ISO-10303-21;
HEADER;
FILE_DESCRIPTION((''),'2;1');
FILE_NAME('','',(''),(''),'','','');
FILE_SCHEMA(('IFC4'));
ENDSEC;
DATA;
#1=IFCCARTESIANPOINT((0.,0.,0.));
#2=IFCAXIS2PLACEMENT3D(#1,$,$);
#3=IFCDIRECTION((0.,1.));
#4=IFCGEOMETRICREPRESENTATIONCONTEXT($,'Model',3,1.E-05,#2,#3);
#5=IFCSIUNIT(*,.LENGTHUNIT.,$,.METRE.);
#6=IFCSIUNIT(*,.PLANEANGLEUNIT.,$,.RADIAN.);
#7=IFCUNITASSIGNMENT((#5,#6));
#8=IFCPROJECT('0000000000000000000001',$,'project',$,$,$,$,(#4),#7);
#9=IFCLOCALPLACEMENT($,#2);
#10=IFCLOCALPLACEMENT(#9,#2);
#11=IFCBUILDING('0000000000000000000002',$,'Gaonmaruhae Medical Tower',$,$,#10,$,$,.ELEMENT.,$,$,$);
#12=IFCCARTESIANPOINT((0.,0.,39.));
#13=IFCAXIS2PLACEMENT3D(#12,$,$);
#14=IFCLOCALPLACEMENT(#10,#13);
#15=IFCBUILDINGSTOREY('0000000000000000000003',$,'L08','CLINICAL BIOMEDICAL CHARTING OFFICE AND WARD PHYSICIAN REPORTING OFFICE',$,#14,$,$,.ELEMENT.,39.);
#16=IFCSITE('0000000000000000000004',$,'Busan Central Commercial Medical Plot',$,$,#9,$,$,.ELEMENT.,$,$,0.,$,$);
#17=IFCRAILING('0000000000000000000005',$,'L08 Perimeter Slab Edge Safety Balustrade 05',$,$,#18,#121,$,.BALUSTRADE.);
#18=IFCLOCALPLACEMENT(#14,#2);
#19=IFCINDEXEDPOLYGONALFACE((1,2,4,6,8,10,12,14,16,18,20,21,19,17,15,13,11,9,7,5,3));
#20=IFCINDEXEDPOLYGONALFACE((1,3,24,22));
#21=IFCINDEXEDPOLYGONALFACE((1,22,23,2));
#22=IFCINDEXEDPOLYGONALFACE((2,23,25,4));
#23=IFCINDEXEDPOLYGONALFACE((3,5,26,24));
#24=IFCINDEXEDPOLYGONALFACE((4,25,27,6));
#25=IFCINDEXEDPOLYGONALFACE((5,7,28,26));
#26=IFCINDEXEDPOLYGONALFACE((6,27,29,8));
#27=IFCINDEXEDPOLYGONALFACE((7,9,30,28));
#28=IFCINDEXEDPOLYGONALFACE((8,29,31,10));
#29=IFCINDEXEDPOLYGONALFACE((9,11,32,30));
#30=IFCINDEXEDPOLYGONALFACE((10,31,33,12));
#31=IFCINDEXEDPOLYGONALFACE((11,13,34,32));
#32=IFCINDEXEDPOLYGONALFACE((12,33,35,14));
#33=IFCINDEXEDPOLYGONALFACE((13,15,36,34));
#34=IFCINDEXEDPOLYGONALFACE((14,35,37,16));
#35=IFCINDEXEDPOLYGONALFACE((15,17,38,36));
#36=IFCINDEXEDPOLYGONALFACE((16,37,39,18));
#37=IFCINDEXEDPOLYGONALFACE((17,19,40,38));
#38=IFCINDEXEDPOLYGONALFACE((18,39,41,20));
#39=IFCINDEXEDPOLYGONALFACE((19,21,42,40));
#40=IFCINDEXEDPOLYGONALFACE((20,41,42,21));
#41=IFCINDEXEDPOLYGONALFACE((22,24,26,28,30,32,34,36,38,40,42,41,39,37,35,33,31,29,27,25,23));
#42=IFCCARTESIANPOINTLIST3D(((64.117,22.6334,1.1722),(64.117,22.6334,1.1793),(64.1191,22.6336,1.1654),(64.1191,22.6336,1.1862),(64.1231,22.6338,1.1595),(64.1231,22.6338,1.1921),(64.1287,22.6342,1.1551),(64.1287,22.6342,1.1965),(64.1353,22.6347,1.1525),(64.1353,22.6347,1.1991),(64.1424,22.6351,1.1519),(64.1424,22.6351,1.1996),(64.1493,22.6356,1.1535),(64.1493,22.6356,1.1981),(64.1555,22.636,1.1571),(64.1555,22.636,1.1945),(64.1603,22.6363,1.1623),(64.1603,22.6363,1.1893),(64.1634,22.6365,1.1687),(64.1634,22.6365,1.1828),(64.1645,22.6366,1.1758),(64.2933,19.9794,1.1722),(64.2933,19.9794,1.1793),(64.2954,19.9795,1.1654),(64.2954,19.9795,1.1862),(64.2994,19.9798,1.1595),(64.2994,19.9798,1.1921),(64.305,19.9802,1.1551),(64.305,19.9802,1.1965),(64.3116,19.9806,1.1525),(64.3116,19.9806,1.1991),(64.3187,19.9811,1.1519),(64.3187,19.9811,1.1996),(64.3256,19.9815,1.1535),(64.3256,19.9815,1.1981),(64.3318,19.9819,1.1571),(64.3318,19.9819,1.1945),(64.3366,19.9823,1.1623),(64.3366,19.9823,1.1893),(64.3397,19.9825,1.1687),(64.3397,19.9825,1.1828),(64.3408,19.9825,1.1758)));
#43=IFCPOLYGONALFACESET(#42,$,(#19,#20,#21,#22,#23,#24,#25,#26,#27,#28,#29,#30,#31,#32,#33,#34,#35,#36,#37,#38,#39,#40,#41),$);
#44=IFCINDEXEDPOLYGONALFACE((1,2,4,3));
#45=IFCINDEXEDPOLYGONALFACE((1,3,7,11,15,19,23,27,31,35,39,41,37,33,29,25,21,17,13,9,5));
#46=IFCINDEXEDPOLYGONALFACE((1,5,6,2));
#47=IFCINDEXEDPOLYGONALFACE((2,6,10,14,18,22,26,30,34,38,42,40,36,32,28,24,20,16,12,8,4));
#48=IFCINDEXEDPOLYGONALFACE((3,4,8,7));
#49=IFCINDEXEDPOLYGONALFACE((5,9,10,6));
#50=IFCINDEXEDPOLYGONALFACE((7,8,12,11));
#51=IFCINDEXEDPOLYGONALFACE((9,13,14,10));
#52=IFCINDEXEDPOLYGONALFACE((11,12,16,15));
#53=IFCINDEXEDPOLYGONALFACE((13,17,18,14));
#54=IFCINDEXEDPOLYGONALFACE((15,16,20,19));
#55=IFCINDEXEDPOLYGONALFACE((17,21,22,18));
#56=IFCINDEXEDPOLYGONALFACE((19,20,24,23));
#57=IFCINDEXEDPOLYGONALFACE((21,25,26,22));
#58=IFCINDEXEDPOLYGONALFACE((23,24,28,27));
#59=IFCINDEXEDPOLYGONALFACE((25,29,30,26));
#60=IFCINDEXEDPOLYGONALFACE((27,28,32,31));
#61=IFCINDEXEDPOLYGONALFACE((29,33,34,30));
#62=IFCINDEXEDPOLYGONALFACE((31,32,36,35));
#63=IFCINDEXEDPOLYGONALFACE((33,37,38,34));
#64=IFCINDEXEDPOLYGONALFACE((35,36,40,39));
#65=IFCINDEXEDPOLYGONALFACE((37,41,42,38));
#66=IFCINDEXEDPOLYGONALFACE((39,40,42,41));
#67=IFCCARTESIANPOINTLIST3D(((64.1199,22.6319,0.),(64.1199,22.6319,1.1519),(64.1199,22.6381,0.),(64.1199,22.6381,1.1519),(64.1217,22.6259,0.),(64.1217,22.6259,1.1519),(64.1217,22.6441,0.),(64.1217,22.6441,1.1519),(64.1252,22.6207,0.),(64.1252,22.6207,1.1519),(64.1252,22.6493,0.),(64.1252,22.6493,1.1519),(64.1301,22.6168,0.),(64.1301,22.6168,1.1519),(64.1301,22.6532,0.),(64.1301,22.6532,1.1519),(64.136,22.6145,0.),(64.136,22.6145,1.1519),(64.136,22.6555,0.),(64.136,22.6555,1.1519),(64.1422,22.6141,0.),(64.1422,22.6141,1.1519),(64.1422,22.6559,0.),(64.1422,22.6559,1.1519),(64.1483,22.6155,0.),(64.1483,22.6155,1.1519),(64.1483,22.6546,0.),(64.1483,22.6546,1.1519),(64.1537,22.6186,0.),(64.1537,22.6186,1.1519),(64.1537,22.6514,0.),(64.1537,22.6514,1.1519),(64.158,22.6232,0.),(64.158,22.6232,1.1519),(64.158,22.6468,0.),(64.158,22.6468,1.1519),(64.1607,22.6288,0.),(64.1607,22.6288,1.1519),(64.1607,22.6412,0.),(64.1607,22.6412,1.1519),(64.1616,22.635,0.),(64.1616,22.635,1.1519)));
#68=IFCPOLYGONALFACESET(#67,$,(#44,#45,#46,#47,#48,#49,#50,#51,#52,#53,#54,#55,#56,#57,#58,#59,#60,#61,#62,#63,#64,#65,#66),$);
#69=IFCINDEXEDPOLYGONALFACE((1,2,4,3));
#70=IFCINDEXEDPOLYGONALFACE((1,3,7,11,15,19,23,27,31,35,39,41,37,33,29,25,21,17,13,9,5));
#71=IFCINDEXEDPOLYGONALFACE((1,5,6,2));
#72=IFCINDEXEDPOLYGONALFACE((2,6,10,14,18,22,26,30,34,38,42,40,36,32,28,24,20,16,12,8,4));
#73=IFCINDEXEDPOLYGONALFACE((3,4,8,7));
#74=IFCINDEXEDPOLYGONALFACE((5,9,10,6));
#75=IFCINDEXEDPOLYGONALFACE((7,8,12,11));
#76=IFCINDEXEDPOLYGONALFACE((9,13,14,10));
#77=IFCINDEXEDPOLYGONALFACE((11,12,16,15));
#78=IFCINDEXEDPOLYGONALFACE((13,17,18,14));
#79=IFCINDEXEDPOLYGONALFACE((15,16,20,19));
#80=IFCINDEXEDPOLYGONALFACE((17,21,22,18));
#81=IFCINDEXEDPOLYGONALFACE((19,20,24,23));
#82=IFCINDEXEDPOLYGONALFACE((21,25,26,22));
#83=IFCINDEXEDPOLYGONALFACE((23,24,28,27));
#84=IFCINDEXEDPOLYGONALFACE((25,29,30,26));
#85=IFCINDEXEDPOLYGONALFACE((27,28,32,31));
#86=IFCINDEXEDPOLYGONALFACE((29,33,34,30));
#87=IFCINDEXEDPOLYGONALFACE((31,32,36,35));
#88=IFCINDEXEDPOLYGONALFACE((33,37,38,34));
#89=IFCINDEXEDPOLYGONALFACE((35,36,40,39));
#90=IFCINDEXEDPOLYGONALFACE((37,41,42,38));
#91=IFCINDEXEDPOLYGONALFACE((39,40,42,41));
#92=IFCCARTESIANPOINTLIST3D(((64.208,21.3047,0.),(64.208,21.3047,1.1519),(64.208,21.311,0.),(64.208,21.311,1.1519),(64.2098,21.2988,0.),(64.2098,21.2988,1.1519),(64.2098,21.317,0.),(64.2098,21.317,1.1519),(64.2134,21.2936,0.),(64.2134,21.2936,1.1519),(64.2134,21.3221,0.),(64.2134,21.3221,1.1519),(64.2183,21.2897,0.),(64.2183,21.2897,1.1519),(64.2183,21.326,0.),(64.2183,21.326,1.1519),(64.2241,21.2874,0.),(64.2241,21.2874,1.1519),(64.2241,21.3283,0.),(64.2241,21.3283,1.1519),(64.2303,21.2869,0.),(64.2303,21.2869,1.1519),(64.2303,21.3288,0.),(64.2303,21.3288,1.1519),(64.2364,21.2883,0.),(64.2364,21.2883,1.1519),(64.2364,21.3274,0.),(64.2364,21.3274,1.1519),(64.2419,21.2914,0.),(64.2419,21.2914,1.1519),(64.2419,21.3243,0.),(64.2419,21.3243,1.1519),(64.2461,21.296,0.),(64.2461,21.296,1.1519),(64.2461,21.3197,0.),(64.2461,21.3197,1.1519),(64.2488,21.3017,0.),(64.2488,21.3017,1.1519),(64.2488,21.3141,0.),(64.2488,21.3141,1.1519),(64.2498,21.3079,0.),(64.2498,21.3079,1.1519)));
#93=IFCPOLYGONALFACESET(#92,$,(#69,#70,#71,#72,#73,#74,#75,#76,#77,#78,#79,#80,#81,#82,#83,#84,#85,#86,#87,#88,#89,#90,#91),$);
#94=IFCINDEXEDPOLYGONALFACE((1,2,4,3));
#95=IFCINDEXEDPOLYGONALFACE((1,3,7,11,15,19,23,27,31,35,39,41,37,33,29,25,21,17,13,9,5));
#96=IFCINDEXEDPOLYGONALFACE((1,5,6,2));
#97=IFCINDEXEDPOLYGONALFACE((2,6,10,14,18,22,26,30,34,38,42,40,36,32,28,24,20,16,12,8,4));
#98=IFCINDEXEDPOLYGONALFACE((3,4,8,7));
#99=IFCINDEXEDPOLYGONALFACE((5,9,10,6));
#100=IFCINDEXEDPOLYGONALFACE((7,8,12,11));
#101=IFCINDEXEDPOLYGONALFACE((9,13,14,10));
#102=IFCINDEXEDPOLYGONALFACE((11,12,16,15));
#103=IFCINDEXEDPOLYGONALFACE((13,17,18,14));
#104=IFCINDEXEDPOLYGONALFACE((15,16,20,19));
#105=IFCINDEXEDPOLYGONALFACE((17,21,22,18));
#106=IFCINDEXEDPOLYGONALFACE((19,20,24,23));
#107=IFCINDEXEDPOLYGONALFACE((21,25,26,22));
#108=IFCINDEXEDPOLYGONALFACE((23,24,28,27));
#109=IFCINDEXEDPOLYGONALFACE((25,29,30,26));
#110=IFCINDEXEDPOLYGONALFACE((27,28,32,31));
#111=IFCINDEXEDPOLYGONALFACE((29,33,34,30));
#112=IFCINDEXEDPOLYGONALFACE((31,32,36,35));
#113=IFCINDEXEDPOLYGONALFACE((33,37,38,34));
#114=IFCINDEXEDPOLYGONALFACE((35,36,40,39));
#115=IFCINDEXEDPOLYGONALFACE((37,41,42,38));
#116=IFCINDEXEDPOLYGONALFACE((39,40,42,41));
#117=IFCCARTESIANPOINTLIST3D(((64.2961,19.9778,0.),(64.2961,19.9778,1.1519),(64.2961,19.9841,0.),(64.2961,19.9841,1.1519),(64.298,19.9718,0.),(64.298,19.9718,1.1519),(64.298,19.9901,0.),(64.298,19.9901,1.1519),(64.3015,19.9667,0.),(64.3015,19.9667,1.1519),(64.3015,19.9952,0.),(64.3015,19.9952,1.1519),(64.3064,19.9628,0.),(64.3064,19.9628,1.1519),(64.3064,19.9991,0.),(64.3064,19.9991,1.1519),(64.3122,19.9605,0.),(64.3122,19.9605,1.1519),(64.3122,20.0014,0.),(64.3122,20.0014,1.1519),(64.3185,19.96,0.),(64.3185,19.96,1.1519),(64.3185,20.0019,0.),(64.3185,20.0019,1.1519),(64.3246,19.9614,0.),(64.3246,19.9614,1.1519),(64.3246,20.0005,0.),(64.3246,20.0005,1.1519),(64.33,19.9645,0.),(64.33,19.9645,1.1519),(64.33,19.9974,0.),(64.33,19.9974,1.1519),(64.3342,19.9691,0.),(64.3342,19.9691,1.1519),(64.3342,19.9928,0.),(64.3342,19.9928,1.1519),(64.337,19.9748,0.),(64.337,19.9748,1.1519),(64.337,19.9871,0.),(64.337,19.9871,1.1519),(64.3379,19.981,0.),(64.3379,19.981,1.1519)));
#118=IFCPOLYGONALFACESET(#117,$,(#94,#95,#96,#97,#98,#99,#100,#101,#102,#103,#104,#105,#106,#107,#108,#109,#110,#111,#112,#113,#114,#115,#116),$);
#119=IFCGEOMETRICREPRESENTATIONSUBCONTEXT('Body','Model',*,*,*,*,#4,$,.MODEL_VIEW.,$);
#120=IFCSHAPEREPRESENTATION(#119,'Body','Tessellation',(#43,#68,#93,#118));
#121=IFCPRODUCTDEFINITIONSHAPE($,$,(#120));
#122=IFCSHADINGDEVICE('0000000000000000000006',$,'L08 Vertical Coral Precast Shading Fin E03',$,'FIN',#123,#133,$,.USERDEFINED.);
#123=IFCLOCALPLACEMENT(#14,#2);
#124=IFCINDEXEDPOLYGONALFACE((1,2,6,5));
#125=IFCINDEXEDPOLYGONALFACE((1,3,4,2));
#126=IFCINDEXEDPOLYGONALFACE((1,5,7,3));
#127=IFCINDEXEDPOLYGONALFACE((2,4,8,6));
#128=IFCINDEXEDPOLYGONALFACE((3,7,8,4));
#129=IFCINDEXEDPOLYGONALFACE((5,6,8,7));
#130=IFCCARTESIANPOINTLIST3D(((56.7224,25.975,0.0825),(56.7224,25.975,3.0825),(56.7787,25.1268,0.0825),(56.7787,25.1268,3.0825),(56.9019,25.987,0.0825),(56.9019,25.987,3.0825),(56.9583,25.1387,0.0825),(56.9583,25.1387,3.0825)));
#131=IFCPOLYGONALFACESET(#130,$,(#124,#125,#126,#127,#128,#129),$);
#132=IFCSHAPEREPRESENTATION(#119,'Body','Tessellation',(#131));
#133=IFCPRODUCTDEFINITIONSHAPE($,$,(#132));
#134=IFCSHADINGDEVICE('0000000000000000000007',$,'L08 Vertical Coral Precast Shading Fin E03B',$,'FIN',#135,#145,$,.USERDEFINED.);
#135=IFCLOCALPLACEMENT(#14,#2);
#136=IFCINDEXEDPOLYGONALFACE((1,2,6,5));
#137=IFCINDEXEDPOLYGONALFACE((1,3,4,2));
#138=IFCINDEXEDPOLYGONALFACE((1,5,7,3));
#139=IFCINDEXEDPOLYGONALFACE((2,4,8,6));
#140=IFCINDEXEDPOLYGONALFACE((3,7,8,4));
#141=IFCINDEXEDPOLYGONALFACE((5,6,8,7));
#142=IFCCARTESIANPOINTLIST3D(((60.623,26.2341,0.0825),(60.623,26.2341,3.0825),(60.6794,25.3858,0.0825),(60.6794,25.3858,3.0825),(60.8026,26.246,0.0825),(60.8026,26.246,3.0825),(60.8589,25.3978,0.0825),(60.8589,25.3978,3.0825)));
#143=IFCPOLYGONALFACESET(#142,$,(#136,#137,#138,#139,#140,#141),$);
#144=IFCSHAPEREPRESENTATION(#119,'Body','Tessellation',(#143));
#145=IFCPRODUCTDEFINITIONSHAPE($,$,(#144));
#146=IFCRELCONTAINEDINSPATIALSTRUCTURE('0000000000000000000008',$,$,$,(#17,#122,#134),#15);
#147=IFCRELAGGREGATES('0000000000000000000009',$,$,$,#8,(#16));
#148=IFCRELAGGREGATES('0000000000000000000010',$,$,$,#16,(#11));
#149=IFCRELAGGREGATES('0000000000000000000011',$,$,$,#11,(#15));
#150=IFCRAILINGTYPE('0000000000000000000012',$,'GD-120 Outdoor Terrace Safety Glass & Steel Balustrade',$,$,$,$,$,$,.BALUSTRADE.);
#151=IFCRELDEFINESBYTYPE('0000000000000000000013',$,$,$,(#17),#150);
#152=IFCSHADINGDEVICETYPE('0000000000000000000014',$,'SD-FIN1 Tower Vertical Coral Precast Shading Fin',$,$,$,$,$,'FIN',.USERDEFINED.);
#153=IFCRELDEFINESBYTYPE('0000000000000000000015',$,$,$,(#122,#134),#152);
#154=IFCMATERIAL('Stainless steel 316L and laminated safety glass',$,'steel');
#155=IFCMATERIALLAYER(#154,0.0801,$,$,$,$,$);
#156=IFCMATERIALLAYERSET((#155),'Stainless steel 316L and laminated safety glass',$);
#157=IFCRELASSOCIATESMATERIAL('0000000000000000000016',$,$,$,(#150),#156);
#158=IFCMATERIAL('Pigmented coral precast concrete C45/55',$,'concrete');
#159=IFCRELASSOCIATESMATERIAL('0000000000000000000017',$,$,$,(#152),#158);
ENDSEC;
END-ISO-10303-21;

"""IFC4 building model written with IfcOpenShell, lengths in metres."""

from ifc_helpers import new_model, si_unit, direction, frame, origin, origin_2d, place, context, subcontext, project, spatial, rectangle, circle, extrude, material, layer, layer_set, type_object, element, save


model = new_model("IFC4")

# Units and contexts
model_context = context("Model", 3, precision=1e-05, world=origin(), true_north=direction((0.0, 1.0)))
body_context = subcontext(model_context, "Body", "Model", "MODEL_VIEW")
ifc_project = project(units=[si_unit("LENGTHUNIT", "METRE"), si_unit("PLANEANGLEUNIT", "RADIAN")], contexts=[model_context])

# Site, building, storey
site_placement = place(None, origin())
site = spatial("IfcSite", under=ifc_project, at=site_placement, Name="Busan Central Commercial Medical Plot", CompositionType="ELEMENT", RefElevation=0.0)
building_placement = place(site_placement, origin())
building = spatial("IfcBuilding", under=site, at=building_placement, Name="Gaonmaruhae Medical Tower", CompositionType="ELEMENT")
storey_placement = place(building_placement, frame((0.0, 0.0, 39.0)))
storey = spatial("IfcBuildingStorey", under=building, at=storey_placement, Name="L08", Description="CLINICAL BIOMEDICAL CHARTING OFFICE AND WARD PHYSICIAN REPORTING OFFICE", CompositionType="ELEMENT", Elevation=39.0)

# Railing
ifc_material_1 = material(Name="Stainless steel 316L and laminated safety glass", Category="steel")
ifc_layer_1 = layer(ifc_material_1, 0.0801)
ifc_layer_set_1 = layer_set([ifc_layer_1], Name="Stainless steel 316L and laminated safety glass")
railing_type = type_object("IfcRailingType", Name="GD-120 Outdoor Terrace Safety Glass & Steel Balustrade", PredefinedType="BALUSTRADE", material=ifc_layer_set_1)
railing_1_placement = place(storey_placement, frame((64.1406, 22.635, 0.0)))
element("IfcRailing", 1, at=railing_1_placement, inside=storey, type_object=railing_type, Name="L08 Perimeter Slab Edge Safety Balustrade 05", PredefinedType="BALUSTRADE", context=body_context, shape_type="SweptSolid", body=[
    extrude(circle(Radius=0.0239, at=origin_2d()), frame((0.0, 0.0, 1.1758), z_axis=(0.066269, -0.997802, 0.0), x_axis=(0.997802, 0.066269, 0.0)), (0.0, 0.0, 1.0), 2.6599),
    extrude(circle(Radius=0.021, at=origin_2d()), origin(), (0.0, 0.0, 1.0), 1.1519),
    extrude(circle(Radius=0.021, at=origin_2d()), frame((0.0881, -1.3271, 0.0)), (0.0, 0.0, 1.0), 1.1519),
    extrude(circle(Radius=0.021, at=origin_2d()), frame((0.1763, -2.6541, 0.0)), (0.0, 0.0, 1.0), 1.1519),
])

# Shading devices
ifc_material_2 = material(Name="Pigmented coral precast concrete C45/55", Category="concrete")
shading_device_type = type_object("IfcShadingDeviceType", Name="SD-FIN1 Tower Vertical Coral Precast Shading Fin", ElementType="FIN", PredefinedType="USERDEFINED", material=ifc_material_2)
for number, where, z_axis, x_axis, name in (
    (2, (56.8403, 25.5569, 0.0825), (0.0, 0.0, 1.0), (0.997801, 0.066274, 0.0), "L08 Vertical Coral Precast Shading Fin E03"),
    (3, (60.741, 25.8159, 0.0825), (0.0, 0.0, 1.0), (0.997801, 0.066274, 0.0), "L08 Vertical Coral Precast Shading Fin E03B"),
):
    element("IfcShadingDevice", number, at=place(storey_placement, frame(where, z_axis=z_axis, x_axis=x_axis)), inside=storey, type_object=shading_device_type, Name=name, ObjectType="FIN", PredefinedType="USERDEFINED", context=body_context, shape_type="SweptSolid", body=[
        extrude(rectangle(XDim=0.1799, YDim=0.8501, at=origin_2d()), origin(), (0.0, 0.0, 1.0), 3.0),
    ])

save(model, "model.ifc")
